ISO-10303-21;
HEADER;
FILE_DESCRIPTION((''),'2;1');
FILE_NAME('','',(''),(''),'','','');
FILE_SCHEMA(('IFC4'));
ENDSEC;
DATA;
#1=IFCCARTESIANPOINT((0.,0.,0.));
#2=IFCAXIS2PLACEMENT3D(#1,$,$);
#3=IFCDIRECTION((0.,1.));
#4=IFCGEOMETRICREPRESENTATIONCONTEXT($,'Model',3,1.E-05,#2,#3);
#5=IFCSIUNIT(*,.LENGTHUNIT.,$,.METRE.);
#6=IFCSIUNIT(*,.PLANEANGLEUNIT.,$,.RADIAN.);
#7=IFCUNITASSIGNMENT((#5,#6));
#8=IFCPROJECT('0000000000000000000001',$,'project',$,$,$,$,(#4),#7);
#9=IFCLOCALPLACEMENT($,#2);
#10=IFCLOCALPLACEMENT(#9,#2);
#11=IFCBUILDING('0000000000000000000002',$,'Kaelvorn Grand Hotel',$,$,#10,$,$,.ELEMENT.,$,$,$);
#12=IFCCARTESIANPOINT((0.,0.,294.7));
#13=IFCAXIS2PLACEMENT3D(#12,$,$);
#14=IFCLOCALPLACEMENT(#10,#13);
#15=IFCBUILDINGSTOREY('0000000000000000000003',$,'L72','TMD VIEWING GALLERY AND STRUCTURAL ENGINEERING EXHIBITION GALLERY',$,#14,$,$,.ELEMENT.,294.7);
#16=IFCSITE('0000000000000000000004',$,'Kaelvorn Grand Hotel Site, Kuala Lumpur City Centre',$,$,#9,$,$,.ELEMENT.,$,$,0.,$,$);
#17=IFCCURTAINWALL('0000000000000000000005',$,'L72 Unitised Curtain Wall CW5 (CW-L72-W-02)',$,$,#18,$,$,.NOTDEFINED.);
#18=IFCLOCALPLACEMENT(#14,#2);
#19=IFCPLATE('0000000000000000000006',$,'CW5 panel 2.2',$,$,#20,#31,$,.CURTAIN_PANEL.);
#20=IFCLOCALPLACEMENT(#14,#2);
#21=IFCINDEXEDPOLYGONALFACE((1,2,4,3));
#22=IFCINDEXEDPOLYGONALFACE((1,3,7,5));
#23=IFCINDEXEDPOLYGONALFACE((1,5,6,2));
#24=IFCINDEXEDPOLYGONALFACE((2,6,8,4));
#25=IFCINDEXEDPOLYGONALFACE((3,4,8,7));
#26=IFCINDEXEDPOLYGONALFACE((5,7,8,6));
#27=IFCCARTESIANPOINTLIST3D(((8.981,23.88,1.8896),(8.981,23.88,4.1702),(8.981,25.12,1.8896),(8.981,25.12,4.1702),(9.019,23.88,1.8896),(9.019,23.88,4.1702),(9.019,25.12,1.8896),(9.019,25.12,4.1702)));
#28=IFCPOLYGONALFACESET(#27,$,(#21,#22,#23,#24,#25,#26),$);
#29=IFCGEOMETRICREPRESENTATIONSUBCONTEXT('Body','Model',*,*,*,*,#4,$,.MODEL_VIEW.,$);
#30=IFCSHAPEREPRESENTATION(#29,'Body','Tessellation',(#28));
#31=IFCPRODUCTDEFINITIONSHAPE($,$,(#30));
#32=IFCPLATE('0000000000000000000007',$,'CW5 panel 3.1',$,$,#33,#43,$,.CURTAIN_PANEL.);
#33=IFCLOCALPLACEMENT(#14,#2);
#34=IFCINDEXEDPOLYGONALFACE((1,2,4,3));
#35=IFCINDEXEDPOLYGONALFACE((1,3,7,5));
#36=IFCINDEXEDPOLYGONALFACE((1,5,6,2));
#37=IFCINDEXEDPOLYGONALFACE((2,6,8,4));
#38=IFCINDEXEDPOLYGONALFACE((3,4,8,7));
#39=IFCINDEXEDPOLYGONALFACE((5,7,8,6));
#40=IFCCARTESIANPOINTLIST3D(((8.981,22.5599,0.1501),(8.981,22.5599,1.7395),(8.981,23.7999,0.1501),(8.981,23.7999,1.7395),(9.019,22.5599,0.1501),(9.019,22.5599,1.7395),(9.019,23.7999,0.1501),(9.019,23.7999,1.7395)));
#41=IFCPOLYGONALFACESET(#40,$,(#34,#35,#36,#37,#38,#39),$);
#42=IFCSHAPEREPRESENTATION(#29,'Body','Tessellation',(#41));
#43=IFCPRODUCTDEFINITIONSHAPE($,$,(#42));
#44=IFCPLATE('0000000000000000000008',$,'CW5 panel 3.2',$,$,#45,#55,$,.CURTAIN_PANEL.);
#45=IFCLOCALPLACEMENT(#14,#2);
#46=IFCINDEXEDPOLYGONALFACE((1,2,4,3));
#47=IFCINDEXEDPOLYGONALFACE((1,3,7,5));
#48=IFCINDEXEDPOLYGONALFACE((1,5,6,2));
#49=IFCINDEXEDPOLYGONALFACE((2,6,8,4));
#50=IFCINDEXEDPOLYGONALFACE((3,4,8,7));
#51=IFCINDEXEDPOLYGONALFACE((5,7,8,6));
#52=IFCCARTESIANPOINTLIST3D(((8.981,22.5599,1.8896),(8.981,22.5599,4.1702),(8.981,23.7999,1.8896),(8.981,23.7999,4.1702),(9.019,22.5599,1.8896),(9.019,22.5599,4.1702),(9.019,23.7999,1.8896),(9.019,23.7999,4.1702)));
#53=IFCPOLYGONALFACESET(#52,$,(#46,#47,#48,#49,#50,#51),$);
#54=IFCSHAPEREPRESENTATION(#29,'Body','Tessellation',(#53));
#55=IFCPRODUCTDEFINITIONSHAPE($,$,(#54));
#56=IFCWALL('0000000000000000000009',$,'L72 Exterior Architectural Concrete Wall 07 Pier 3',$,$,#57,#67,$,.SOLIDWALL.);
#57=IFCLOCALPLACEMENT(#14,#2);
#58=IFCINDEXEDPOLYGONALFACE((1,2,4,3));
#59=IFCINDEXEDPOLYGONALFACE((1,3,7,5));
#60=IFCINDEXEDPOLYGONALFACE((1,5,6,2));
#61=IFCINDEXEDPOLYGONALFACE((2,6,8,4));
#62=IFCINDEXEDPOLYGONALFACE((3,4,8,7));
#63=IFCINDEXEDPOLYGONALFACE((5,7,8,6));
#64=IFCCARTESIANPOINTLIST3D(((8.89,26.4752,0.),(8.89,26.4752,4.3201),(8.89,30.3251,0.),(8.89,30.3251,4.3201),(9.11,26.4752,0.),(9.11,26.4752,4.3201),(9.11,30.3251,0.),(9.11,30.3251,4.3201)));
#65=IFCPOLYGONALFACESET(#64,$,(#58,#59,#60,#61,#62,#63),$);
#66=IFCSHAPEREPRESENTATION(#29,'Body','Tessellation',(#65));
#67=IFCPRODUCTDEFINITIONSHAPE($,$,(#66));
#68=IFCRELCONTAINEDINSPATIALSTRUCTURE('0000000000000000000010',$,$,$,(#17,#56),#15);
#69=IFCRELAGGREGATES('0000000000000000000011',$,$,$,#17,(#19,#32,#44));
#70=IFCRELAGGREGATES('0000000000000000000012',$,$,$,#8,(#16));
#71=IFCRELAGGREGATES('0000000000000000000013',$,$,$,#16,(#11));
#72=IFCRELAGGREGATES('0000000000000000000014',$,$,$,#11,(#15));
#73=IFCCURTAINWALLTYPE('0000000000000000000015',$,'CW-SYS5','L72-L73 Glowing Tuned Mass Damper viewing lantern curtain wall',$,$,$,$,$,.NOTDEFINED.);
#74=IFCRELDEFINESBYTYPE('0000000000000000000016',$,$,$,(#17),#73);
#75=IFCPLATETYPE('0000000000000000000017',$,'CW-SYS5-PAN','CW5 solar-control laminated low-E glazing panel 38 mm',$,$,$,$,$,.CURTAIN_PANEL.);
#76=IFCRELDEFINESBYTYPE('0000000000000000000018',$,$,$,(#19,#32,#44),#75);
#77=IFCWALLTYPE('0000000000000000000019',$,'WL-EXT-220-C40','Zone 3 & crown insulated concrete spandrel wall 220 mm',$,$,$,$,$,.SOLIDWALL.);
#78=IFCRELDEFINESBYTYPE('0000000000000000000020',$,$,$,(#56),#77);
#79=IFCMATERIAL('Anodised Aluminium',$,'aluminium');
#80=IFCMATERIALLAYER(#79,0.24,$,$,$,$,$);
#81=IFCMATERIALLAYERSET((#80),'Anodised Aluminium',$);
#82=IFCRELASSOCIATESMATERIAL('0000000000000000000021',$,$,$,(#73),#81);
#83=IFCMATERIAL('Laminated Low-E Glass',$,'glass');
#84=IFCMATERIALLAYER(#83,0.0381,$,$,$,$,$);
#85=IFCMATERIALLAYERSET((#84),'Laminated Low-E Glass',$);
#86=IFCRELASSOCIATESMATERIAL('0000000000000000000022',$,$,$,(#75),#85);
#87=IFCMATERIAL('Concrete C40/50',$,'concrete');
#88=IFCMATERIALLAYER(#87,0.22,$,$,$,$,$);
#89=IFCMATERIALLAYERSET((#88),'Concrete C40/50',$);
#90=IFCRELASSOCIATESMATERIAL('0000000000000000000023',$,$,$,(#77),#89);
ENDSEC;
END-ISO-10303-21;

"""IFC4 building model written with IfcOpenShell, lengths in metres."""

from ifc_helpers import new_model, si_unit, direction, frame, frame_2d, origin, origin_2d, place, context, subcontext, project, spatial, rectangle, extrude, material, layer, layer_set, type_object, element, aggregate, save


model = new_model("IFC4")

# Units and contexts
model_context = context("Model", 3, precision=1e-05, world=origin(), true_north=direction((0.0, 1.0)))
body_context = subcontext(model_context, "Body", "Model", "MODEL_VIEW")
ifc_project = project(units=[si_unit("LENGTHUNIT", "METRE"), si_unit("PLANEANGLEUNIT", "RADIAN")], contexts=[model_context])

# Site, building, storey
site_placement = place(None, origin())
site = spatial("IfcSite", under=ifc_project, at=site_placement, Name="Kaelvorn Grand Hotel Site, Kuala Lumpur City Centre", CompositionType="ELEMENT", RefElevation=0.0)
building_placement = place(site_placement, origin())
building = spatial("IfcBuilding", under=site, at=building_placement, Name="Kaelvorn Grand Hotel", CompositionType="ELEMENT")
storey_placement = place(building_placement, frame((0.0, 0.0, 294.7)))
storey = spatial("IfcBuildingStorey", under=building, at=storey_placement, Name="L72", Description="TMD VIEWING GALLERY AND STRUCTURAL ENGINEERING EXHIBITION GALLERY", CompositionType="ELEMENT", Elevation=294.7)

# Shared definitions
ifc_material_1 = material(Name="Anodised Aluminium", Category="aluminium")
ifc_layer_1 = layer(ifc_material_1, 0.24)
ifc_layer_set_1 = layer_set([ifc_layer_1], Name="Anodised Aluminium")
curtain_wall_type = type_object("IfcCurtainWallType", Name="CW-SYS5", Description="L72-L73 Glowing Tuned Mass Damper viewing lantern curtain wall", PredefinedType="NOTDEFINED", material=ifc_layer_set_1)

# Curtain wall
curtain_wall_1_placement = place(storey_placement, origin())
curtain_wall_1 = element("IfcCurtainWall", 1, at=curtain_wall_1_placement, inside=storey, type_object=curtain_wall_type, Name="L72 Unitised Curtain Wall CW5 (CW-L72-W-02)", PredefinedType="NOTDEFINED")

# Plates
ifc_material_2 = material(Name="Laminated Low-E Glass", Category="glass")
ifc_layer_2 = layer(ifc_material_2, 0.0381)
ifc_layer_set_2 = layer_set([ifc_layer_2], Name="Laminated Low-E Glass")
plate_type = type_object("IfcPlateType", Name="CW-SYS5-PAN", Description="CW5 solar-control laminated low-E glazing panel 38 mm", PredefinedType="CURTAIN_PANEL", material=ifc_layer_set_2)
plate_1_placement = place(storey_placement, frame((9.0, 24.5, 1.8896), z_axis=(0.0, 0.0, 1.0), x_axis=(0.0, -1.0, 0.0)))
plate_1 = element("IfcPlate", 2, at=plate_1_placement, type_object=plate_type, Name="CW5 panel 2.2", PredefinedType="CURTAIN_PANEL", context=body_context, shape_type="SweptSolid", body=[
    extrude(rectangle(XDim=1.24, YDim=0.0381, at=origin_2d()), origin(), (0.0, 0.0, 1.0), 2.2805),
])
plate_2_placement = place(storey_placement, frame((9.0, 23.1799, 0.1501), z_axis=(0.0, 0.0, 1.0), x_axis=(0.0, -1.0, 0.0)))
plate_2 = element("IfcPlate", 3, at=plate_2_placement, type_object=plate_type, Name="CW5 panel 3.1", PredefinedType="CURTAIN_PANEL", context=body_context, shape_type="SweptSolid", body=[
    extrude(rectangle(XDim=1.24, YDim=0.0381, at=origin_2d()), origin(), (0.0, 0.0, 1.0), 1.5894),
])
plate_3_placement = place(storey_placement, frame((9.0, 23.1799, 1.8896), z_axis=(0.0, 0.0, 1.0), x_axis=(0.0, -1.0, 0.0)))
plate_3 = element("IfcPlate", 4, at=plate_3_placement, type_object=plate_type, Name="CW5 panel 3.2", PredefinedType="CURTAIN_PANEL", context=body_context, shape_type="SweptSolid", body=[
    extrude(rectangle(XDim=1.24, YDim=0.0381, at=origin_2d()), origin(), (0.0, 0.0, 1.0), 2.2805),
])
aggregate(curtain_wall_1, [plate_1, plate_2, plate_3])

# Wall
ifc_material_3 = material(Name="Concrete C40/50", Category="concrete")
ifc_layer_3 = layer(ifc_material_3, 0.22)
ifc_layer_set_3 = layer_set([ifc_layer_3], Name="Concrete C40/50")
wall_type = type_object("IfcWallType", Name="WL-EXT-220-C40", Description="Zone 3 & crown insulated concrete spandrel wall 220 mm", PredefinedType="SOLIDWALL", material=ifc_layer_set_3)
wall_placement = place(storey_placement, frame((9.0, 30.325, 0.0), z_axis=(0.0, 0.0, 1.0), x_axis=(0.0, -1.0, 0.0)))
element("IfcWall", 5, at=wall_placement, inside=storey, type_object=wall_type, Name="L72 Exterior Architectural Concrete Wall 07 Pier 3", PredefinedType="SOLIDWALL", context=body_context, shape_type="SweptSolid", body=[
    extrude(rectangle(XDim=3.8499, YDim=0.22, at=frame_2d((1.9248, 0.0))), origin(), (0.0, 0.0, 1.0), 4.3201),
])

save(model, "model.ifc")
